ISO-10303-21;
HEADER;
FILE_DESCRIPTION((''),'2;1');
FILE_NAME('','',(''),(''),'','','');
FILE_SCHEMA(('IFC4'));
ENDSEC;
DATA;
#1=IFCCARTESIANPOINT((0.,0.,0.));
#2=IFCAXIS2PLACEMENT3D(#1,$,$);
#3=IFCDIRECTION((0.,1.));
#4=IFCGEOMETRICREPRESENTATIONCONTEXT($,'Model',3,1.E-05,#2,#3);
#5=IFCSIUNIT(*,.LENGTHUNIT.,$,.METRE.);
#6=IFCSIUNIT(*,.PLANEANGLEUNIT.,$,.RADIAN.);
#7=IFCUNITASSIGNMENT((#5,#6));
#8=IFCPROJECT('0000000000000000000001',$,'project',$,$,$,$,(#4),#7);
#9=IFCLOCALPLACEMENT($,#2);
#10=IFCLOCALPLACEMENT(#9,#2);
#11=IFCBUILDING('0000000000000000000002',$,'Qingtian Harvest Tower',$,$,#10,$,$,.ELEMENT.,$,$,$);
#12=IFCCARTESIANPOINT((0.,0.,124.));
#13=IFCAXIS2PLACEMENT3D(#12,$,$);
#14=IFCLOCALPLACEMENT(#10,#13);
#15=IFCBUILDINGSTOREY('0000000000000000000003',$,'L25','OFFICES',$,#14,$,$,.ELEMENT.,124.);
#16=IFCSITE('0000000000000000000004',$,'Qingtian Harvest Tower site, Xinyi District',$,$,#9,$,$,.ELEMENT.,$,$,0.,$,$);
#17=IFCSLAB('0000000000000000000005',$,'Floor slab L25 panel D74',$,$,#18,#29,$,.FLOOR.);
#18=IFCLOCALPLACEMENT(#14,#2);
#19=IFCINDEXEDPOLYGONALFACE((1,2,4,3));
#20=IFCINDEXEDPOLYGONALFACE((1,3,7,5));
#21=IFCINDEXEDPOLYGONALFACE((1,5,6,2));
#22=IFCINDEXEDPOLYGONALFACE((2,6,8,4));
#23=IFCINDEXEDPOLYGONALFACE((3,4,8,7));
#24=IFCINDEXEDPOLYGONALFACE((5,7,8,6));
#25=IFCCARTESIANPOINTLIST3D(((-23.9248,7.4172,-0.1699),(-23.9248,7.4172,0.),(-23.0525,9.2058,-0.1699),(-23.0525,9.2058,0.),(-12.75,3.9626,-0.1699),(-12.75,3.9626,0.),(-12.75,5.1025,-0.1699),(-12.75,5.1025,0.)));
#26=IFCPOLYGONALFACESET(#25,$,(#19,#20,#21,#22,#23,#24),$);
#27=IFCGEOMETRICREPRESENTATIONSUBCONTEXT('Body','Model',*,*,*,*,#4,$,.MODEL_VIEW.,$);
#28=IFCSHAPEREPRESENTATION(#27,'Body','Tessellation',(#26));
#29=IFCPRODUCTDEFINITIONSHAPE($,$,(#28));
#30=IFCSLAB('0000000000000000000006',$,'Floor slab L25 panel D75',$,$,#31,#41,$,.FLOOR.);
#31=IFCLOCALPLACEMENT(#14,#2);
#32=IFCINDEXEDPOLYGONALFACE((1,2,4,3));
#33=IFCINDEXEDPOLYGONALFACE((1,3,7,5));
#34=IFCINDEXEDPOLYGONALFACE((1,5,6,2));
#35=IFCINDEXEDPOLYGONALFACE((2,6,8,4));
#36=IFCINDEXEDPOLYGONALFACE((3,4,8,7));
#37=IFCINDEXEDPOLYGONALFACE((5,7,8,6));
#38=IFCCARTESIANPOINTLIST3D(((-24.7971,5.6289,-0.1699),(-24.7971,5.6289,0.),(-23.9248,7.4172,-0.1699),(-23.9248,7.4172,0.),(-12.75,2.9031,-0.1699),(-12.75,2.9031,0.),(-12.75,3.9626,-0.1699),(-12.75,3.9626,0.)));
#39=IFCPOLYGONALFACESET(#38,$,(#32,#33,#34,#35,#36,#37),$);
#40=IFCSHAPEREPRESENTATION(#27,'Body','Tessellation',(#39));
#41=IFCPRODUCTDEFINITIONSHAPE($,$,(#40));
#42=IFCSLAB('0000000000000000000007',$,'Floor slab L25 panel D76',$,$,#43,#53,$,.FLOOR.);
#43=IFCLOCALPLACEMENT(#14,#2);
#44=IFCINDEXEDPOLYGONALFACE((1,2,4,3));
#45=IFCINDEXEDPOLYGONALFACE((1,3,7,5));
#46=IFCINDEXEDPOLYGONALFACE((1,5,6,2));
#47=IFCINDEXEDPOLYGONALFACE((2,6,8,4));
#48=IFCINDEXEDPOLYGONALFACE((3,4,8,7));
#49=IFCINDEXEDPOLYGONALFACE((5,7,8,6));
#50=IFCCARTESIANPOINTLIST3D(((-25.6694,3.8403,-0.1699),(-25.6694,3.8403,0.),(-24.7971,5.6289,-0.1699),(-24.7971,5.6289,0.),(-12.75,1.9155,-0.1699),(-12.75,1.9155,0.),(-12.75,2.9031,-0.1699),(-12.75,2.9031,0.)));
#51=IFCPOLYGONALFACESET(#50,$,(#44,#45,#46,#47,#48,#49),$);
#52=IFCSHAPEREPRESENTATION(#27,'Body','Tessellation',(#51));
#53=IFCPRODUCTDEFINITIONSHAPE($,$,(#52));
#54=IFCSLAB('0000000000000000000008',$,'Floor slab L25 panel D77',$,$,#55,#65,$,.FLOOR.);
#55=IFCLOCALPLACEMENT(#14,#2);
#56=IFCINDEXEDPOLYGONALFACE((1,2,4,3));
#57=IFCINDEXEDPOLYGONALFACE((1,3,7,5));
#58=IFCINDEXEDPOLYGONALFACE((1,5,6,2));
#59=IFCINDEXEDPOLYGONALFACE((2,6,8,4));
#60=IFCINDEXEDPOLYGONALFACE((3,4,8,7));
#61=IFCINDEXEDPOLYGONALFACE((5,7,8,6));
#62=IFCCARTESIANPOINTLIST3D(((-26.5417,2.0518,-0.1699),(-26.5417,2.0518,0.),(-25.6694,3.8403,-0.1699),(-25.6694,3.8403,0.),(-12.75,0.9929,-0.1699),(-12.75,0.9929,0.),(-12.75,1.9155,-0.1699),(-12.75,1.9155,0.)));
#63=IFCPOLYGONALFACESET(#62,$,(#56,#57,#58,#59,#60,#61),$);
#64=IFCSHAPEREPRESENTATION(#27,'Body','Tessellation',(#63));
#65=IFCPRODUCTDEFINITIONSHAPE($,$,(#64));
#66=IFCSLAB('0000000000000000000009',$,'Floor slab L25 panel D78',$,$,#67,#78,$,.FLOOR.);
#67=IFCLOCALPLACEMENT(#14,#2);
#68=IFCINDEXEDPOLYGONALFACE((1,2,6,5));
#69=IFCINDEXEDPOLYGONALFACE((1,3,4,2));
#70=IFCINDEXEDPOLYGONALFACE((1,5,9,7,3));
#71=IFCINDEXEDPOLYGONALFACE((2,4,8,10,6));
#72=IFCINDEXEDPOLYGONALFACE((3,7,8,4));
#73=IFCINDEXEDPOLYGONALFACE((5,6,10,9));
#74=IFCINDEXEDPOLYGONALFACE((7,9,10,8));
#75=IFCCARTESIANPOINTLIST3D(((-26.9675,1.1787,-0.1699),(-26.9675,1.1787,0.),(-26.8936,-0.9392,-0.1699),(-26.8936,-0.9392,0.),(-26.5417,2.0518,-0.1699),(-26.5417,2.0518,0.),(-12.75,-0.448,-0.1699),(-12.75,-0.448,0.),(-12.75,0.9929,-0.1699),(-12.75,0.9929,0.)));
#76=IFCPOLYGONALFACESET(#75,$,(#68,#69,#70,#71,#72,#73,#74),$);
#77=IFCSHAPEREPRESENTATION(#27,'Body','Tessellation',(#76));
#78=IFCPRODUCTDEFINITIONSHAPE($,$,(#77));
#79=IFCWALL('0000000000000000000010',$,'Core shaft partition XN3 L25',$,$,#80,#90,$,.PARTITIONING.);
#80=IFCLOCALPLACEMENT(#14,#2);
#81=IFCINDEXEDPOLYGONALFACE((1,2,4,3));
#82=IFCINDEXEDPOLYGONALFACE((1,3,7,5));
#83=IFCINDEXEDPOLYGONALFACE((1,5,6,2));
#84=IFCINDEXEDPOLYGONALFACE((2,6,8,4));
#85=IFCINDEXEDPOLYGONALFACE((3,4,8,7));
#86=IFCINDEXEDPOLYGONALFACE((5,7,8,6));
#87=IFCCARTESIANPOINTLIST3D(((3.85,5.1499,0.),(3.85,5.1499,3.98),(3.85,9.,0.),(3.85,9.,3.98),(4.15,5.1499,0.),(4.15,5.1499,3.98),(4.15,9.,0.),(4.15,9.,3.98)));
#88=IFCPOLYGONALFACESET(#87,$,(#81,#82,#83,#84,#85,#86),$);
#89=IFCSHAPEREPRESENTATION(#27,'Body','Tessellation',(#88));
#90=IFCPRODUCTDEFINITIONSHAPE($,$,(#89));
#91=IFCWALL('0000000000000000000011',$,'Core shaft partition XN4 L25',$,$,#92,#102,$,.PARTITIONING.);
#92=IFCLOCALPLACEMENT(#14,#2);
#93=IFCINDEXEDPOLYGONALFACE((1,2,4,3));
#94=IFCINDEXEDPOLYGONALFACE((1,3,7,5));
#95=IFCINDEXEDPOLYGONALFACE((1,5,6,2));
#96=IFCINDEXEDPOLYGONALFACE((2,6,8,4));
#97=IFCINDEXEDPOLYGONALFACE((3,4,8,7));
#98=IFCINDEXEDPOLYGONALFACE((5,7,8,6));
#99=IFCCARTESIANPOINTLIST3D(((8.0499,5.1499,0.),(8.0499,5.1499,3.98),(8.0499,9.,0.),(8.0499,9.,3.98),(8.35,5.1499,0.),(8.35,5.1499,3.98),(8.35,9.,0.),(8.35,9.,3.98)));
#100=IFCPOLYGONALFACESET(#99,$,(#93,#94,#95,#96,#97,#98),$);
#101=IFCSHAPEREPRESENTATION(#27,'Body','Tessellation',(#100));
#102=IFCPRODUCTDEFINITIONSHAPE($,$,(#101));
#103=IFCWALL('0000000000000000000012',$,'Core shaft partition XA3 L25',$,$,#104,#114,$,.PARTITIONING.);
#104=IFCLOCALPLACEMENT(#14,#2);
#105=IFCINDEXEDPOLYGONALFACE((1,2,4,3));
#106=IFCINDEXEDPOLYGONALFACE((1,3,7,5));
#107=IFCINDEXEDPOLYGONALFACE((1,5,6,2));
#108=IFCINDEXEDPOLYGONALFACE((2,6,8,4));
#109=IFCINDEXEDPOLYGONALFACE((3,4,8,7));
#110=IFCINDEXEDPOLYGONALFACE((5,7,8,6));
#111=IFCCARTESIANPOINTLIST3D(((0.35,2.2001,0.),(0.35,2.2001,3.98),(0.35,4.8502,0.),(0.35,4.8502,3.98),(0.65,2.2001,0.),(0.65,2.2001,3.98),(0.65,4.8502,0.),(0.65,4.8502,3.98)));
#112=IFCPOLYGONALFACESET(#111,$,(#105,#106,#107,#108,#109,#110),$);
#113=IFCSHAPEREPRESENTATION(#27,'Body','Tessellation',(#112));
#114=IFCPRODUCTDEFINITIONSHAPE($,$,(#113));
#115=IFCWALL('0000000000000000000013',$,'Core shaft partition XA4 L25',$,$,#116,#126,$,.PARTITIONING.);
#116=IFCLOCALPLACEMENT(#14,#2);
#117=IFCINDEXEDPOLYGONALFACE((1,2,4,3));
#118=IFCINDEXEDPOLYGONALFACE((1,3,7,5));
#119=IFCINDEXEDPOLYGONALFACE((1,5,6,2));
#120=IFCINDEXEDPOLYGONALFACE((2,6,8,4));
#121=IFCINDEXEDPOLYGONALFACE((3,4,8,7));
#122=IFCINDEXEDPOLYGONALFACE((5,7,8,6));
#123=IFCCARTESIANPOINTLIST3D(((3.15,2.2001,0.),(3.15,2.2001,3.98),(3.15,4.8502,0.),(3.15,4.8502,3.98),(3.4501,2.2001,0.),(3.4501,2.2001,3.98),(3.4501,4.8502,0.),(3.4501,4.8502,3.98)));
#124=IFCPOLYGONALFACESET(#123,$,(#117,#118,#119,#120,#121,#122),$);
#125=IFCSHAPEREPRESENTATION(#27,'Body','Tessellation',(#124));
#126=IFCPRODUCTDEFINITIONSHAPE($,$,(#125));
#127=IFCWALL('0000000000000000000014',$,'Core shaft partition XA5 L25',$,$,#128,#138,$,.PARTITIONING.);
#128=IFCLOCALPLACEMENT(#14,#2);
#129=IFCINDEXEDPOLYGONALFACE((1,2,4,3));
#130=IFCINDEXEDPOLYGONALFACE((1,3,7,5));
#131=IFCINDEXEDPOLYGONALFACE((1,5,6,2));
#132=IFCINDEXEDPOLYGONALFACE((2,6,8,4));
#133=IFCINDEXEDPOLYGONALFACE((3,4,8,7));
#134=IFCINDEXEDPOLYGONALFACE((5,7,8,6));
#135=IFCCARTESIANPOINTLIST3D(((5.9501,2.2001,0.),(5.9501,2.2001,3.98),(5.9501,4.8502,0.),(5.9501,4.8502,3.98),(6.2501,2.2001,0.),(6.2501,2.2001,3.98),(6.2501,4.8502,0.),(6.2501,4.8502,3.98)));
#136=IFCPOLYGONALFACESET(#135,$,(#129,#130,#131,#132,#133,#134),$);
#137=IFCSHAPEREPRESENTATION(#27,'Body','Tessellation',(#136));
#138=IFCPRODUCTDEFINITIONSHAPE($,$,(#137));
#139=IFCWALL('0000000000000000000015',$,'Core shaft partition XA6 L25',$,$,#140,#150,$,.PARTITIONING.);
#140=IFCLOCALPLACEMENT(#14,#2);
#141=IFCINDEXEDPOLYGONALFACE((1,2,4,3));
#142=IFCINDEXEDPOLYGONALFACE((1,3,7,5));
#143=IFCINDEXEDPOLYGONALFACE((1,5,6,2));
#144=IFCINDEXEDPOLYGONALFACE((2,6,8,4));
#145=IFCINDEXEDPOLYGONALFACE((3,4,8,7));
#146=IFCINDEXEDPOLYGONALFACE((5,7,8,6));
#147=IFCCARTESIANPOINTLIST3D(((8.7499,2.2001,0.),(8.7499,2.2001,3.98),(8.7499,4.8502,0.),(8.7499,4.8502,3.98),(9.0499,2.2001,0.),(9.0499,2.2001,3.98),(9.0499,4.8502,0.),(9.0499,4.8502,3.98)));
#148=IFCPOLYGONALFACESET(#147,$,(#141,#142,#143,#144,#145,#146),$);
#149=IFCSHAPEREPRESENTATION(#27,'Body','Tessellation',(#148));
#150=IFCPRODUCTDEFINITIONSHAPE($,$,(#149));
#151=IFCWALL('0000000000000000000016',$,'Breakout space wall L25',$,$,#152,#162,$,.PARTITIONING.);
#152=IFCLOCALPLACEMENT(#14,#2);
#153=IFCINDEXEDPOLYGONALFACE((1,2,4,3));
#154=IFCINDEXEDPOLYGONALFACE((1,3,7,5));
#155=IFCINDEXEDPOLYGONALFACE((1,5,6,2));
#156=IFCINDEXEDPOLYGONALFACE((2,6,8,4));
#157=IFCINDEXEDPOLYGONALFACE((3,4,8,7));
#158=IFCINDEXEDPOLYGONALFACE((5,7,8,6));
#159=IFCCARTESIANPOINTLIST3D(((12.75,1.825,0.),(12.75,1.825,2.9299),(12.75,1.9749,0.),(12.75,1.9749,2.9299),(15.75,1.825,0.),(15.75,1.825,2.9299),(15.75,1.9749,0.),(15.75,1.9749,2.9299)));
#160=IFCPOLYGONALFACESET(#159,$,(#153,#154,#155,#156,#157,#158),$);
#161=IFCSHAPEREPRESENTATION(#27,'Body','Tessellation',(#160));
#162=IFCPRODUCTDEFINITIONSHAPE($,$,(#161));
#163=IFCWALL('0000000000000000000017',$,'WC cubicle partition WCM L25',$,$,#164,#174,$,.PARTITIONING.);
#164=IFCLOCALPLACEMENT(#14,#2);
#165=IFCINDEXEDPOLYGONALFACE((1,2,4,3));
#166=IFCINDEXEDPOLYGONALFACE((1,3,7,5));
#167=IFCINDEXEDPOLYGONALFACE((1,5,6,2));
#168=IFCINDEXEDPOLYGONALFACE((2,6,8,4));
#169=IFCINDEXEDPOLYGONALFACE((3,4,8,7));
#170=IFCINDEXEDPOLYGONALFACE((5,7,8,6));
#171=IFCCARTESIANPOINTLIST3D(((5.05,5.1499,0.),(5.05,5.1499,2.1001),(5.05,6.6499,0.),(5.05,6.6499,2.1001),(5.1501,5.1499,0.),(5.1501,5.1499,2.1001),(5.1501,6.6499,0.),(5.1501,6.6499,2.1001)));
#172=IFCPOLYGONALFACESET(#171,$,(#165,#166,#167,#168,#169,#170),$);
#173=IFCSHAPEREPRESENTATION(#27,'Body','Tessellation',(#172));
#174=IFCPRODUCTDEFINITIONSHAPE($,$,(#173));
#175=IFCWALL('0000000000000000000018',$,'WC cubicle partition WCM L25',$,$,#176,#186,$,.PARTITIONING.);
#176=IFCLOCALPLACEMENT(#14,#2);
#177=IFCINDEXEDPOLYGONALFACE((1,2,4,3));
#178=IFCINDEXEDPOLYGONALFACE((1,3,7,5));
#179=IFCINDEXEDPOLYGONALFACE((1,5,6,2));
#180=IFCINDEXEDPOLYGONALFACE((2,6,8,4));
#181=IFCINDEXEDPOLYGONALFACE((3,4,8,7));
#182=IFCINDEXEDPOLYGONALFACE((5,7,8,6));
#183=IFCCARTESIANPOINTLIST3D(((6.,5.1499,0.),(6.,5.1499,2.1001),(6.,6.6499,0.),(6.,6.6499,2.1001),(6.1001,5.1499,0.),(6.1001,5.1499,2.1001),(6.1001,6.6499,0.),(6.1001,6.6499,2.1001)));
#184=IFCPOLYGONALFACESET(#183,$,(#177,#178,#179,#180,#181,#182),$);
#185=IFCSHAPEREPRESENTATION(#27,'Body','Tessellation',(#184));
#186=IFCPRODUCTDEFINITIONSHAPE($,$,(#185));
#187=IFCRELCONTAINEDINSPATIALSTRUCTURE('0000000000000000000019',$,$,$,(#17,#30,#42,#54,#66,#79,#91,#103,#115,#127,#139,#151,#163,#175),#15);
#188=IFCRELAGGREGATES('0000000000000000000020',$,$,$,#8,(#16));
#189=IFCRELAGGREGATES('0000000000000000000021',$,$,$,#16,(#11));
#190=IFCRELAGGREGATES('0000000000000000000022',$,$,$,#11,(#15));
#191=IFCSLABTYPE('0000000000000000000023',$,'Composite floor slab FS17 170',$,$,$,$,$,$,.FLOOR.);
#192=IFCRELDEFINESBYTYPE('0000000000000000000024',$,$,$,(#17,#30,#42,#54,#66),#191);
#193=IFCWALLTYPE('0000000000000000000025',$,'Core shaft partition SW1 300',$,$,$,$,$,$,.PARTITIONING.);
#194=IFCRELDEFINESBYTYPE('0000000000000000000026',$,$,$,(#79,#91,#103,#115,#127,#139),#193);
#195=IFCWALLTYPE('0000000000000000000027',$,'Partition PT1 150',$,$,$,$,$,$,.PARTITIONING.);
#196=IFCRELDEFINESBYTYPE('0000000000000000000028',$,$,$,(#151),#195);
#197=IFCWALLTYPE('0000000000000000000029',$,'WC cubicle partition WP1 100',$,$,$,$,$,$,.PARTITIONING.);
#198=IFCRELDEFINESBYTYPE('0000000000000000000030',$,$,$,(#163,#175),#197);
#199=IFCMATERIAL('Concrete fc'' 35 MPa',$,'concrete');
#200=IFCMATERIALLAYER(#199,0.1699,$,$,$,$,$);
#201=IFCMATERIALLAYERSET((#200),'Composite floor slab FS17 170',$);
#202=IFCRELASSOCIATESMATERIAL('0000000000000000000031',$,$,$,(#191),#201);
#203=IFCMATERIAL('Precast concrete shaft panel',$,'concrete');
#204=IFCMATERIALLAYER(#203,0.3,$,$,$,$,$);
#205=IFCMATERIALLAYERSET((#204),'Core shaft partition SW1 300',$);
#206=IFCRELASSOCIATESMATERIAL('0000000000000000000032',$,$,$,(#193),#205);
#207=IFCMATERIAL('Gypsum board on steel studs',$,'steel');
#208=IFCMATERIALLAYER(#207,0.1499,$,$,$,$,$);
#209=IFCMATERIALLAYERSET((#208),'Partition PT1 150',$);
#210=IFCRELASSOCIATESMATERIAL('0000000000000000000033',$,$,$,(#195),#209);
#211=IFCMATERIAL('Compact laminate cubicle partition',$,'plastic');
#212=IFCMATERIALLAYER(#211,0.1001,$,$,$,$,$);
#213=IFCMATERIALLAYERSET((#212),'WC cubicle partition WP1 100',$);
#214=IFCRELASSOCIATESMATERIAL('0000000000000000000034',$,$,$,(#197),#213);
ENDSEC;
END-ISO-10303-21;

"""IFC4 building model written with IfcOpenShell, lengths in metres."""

from ifc_helpers import new_model, si_unit, direction, frame, frame_2d, origin, place, context, subcontext, project, spatial, polyline, rectangle, outline, extrude, material, layer, layer_set, type_object, element, save


model = new_model("IFC4")

# Units and contexts
model_context = context("Model", 3, precision=1e-05, world=origin(), true_north=direction((0.0, 1.0)))
body_context = subcontext(model_context, "Body", "Model", "MODEL_VIEW")
ifc_project = project(units=[si_unit("LENGTHUNIT", "METRE"), si_unit("PLANEANGLEUNIT", "RADIAN")], contexts=[model_context])

# Site, building, storey
site_placement = place(None, origin())
site = spatial("IfcSite", under=ifc_project, at=site_placement, Name="Qingtian Harvest Tower site, Xinyi District", CompositionType="ELEMENT", RefElevation=0.0)
building_placement = place(site_placement, origin())
building = spatial("IfcBuilding", under=site, at=building_placement, Name="Qingtian Harvest Tower", CompositionType="ELEMENT")
storey_placement = place(building_placement, frame((0.0, 0.0, 124.0)))
storey = spatial("IfcBuildingStorey", under=building, at=storey_placement, Name="L25", Description="OFFICES", CompositionType="ELEMENT", Elevation=124.0)

# Slabs
ifc_material_1 = material(Name="Concrete fc' 35 MPa", Category="concrete")
ifc_layer_1 = layer(ifc_material_1, 0.1699)
ifc_layer_set_1 = layer_set([ifc_layer_1], Name="Composite floor slab FS17 170")
slab_type = type_object("IfcSlabType", Name="Composite floor slab FS17 170", PredefinedType="FLOOR", material=ifc_layer_set_1)
slab_1_placement = place(storey_placement, frame((0.0, 0.0, -0.1699)))
element("IfcSlab", 1, at=slab_1_placement, inside=storey, type_object=slab_type, Name="Floor slab L25 panel D74", PredefinedType="FLOOR", context=body_context, shape_type="SweptSolid", body=[
    extrude(outline(polyline([(-12.75, 3.9626), (-23.9248, 7.4172), (-23.0525, 9.2058), (-12.75, 5.1025), (-12.75, 3.9626)])), origin(), (0.0, 0.0, 1.0), 0.1699),
])
slab_2_placement = place(storey_placement, frame((0.0, 0.0, -0.1699)))
element("IfcSlab", 2, at=slab_2_placement, inside=storey, type_object=slab_type, Name="Floor slab L25 panel D75", PredefinedType="FLOOR", context=body_context, shape_type="SweptSolid", body=[
    extrude(outline(polyline([(-12.75, 2.9031), (-24.7971, 5.6289), (-23.9248, 7.4172), (-12.75, 3.9626), (-12.75, 2.9031)])), origin(), (0.0, 0.0, 1.0), 0.1699),
])
slab_3_placement = place(storey_placement, frame((0.0, 0.0, -0.1699)))
element("IfcSlab", 3, at=slab_3_placement, inside=storey, type_object=slab_type, Name="Floor slab L25 panel D76", PredefinedType="FLOOR", context=body_context, shape_type="SweptSolid", body=[
    extrude(outline(polyline([(-12.75, 1.9155), (-25.6694, 3.8403), (-24.7971, 5.6289), (-12.75, 2.9031), (-12.75, 1.9155)])), origin(), (0.0, 0.0, 1.0), 0.1699),
])
slab_4_placement = place(storey_placement, frame((0.0, 0.0, -0.1699)))
element("IfcSlab", 4, at=slab_4_placement, inside=storey, type_object=slab_type, Name="Floor slab L25 panel D77", PredefinedType="FLOOR", context=body_context, shape_type="SweptSolid", body=[
    extrude(outline(polyline([(-12.75, 0.9929), (-26.5417, 2.0518), (-25.6694, 3.8403), (-12.75, 1.9155), (-12.75, 0.9929)])), origin(), (0.0, 0.0, 1.0), 0.1699),
])
slab_5_placement = place(storey_placement, frame((0.0, 0.0, -0.1699)))
element("IfcSlab", 5, at=slab_5_placement, inside=storey, type_object=slab_type, Name="Floor slab L25 panel D78", PredefinedType="FLOOR", context=body_context, shape_type="SweptSolid", body=[
    extrude(outline(polyline([(-12.75, 0.9929), (-12.75, -0.448), (-26.8936, -0.9392), (-26.9675, 1.1787), (-26.5417, 2.0518), (-12.75, 0.9929)])), origin(), (0.0, 0.0, 1.0), 0.1699),
])

# Shared definitions
ifc_material_2 = material(Name="Precast concrete shaft panel", Category="concrete")
ifc_layer_2 = layer(ifc_material_2, 0.3)
ifc_layer_set_2 = layer_set([ifc_layer_2], Name="Core shaft partition SW1 300")
wall_type_1 = type_object("IfcWallType", Name="Core shaft partition SW1 300", PredefinedType="PARTITIONING", material=ifc_layer_set_2)

# Walls
for number, where, z_axis, x_axis, name in (
    (6, (4.0, 5.1499, 0.0), (0.0, 0.0, 1.0), (0.0, 1.0, 0.0), "Core shaft partition XN3 L25"),
    (7, (8.2, 5.1499, 0.0), (0.0, 0.0, 1.0), (0.0, 1.0, 0.0), "Core shaft partition XN4 L25"),
):
    element("IfcWall", number, at=place(storey_placement, frame(where, z_axis=z_axis, x_axis=x_axis)), inside=storey, type_object=wall_type_1, Name=name, PredefinedType="PARTITIONING", context=body_context, shape_type="SweptSolid", body=[
        extrude(rectangle(XDim=3.8501, YDim=0.3, at=frame_2d((1.925, 0.0))), origin(), (0.0, 0.0, 1.0), 3.98),
    ])
for number, where, z_axis, x_axis, name in (
    (8, (0.5, 2.2, 0.0), (0.0, 0.0, 1.0), (0.0, 1.0, 0.0), "Core shaft partition XA3 L25"),
    (9, (3.3, 2.2, 0.0), (0.0, 0.0, 1.0), (0.0, 1.0, 0.0), "Core shaft partition XA4 L25"),
    (10, (6.1001, 2.2, 0.0), (0.0, 0.0, 1.0), (0.0, 1.0, 0.0), "Core shaft partition XA5 L25"),
    (11, (8.8999, 2.2, 0.0), (0.0, 0.0, 1.0), (0.0, 1.0, 0.0), "Core shaft partition XA6 L25"),
):
    element("IfcWall", number, at=place(storey_placement, frame(where, z_axis=z_axis, x_axis=x_axis)), inside=storey, type_object=wall_type_1, Name=name, PredefinedType="PARTITIONING", context=body_context, shape_type="SweptSolid", body=[
        extrude(rectangle(XDim=2.6501, YDim=0.3, at=frame_2d((1.3252, 0.0))), origin(), (0.0, 0.0, 1.0), 3.98),
    ])
ifc_material_3 = material(Name="Gypsum board on steel studs", Category="steel")
ifc_layer_3 = layer(ifc_material_3, 0.1499)
ifc_layer_set_3 = layer_set([ifc_layer_3], Name="Partition PT1 150")
wall_type_2 = type_object("IfcWallType", Name="Partition PT1 150", PredefinedType="PARTITIONING", material=ifc_layer_set_3)
wall_1_placement = place(storey_placement, frame((12.75, 1.8999, 0.0), z_axis=(0.0, 0.0, 1.0), x_axis=(1.0, 0.0, 0.0)))
element("IfcWall", 12, at=wall_1_placement, inside=storey, type_object=wall_type_2, Name="Breakout space wall L25", PredefinedType="PARTITIONING", context=body_context, shape_type="SweptSolid", body=[
    extrude(rectangle(XDim=3.0, YDim=0.1499, at=frame_2d((1.5, 0.0))), origin(), (0.0, 0.0, 1.0), 2.9299),
])
ifc_material_4 = material(Name="Compact laminate cubicle partition", Category="plastic")
ifc_layer_4 = layer(ifc_material_4, 0.1001)
ifc_layer_set_4 = layer_set([ifc_layer_4], Name="WC cubicle partition WP1 100")
wall_type_3 = type_object("IfcWallType", Name="WC cubicle partition WP1 100", PredefinedType="PARTITIONING", material=ifc_layer_set_4)
for number, where, z_axis, x_axis, name in (
    (13, (5.1001, 5.1499, 0.0), (0.0, 0.0, 1.0), (0.0, 1.0, 0.0), "WC cubicle partition WCM L25"),
    (14, (6.05, 5.1499, 0.0), (0.0, 0.0, 1.0), (0.0, 1.0, 0.0), "WC cubicle partition WCM L25"),
):
    element("IfcWall", number, at=place(storey_placement, frame(where, z_axis=z_axis, x_axis=x_axis)), inside=storey, type_object=wall_type_3, Name=name, PredefinedType="PARTITIONING", context=body_context, shape_type="SweptSolid", body=[
        extrude(rectangle(XDim=1.5, YDim=0.1001, at=frame_2d((0.75, 0.0))), origin(), (0.0, 0.0, 1.0), 2.1001),
    ])

save(model, "model.ifc")
